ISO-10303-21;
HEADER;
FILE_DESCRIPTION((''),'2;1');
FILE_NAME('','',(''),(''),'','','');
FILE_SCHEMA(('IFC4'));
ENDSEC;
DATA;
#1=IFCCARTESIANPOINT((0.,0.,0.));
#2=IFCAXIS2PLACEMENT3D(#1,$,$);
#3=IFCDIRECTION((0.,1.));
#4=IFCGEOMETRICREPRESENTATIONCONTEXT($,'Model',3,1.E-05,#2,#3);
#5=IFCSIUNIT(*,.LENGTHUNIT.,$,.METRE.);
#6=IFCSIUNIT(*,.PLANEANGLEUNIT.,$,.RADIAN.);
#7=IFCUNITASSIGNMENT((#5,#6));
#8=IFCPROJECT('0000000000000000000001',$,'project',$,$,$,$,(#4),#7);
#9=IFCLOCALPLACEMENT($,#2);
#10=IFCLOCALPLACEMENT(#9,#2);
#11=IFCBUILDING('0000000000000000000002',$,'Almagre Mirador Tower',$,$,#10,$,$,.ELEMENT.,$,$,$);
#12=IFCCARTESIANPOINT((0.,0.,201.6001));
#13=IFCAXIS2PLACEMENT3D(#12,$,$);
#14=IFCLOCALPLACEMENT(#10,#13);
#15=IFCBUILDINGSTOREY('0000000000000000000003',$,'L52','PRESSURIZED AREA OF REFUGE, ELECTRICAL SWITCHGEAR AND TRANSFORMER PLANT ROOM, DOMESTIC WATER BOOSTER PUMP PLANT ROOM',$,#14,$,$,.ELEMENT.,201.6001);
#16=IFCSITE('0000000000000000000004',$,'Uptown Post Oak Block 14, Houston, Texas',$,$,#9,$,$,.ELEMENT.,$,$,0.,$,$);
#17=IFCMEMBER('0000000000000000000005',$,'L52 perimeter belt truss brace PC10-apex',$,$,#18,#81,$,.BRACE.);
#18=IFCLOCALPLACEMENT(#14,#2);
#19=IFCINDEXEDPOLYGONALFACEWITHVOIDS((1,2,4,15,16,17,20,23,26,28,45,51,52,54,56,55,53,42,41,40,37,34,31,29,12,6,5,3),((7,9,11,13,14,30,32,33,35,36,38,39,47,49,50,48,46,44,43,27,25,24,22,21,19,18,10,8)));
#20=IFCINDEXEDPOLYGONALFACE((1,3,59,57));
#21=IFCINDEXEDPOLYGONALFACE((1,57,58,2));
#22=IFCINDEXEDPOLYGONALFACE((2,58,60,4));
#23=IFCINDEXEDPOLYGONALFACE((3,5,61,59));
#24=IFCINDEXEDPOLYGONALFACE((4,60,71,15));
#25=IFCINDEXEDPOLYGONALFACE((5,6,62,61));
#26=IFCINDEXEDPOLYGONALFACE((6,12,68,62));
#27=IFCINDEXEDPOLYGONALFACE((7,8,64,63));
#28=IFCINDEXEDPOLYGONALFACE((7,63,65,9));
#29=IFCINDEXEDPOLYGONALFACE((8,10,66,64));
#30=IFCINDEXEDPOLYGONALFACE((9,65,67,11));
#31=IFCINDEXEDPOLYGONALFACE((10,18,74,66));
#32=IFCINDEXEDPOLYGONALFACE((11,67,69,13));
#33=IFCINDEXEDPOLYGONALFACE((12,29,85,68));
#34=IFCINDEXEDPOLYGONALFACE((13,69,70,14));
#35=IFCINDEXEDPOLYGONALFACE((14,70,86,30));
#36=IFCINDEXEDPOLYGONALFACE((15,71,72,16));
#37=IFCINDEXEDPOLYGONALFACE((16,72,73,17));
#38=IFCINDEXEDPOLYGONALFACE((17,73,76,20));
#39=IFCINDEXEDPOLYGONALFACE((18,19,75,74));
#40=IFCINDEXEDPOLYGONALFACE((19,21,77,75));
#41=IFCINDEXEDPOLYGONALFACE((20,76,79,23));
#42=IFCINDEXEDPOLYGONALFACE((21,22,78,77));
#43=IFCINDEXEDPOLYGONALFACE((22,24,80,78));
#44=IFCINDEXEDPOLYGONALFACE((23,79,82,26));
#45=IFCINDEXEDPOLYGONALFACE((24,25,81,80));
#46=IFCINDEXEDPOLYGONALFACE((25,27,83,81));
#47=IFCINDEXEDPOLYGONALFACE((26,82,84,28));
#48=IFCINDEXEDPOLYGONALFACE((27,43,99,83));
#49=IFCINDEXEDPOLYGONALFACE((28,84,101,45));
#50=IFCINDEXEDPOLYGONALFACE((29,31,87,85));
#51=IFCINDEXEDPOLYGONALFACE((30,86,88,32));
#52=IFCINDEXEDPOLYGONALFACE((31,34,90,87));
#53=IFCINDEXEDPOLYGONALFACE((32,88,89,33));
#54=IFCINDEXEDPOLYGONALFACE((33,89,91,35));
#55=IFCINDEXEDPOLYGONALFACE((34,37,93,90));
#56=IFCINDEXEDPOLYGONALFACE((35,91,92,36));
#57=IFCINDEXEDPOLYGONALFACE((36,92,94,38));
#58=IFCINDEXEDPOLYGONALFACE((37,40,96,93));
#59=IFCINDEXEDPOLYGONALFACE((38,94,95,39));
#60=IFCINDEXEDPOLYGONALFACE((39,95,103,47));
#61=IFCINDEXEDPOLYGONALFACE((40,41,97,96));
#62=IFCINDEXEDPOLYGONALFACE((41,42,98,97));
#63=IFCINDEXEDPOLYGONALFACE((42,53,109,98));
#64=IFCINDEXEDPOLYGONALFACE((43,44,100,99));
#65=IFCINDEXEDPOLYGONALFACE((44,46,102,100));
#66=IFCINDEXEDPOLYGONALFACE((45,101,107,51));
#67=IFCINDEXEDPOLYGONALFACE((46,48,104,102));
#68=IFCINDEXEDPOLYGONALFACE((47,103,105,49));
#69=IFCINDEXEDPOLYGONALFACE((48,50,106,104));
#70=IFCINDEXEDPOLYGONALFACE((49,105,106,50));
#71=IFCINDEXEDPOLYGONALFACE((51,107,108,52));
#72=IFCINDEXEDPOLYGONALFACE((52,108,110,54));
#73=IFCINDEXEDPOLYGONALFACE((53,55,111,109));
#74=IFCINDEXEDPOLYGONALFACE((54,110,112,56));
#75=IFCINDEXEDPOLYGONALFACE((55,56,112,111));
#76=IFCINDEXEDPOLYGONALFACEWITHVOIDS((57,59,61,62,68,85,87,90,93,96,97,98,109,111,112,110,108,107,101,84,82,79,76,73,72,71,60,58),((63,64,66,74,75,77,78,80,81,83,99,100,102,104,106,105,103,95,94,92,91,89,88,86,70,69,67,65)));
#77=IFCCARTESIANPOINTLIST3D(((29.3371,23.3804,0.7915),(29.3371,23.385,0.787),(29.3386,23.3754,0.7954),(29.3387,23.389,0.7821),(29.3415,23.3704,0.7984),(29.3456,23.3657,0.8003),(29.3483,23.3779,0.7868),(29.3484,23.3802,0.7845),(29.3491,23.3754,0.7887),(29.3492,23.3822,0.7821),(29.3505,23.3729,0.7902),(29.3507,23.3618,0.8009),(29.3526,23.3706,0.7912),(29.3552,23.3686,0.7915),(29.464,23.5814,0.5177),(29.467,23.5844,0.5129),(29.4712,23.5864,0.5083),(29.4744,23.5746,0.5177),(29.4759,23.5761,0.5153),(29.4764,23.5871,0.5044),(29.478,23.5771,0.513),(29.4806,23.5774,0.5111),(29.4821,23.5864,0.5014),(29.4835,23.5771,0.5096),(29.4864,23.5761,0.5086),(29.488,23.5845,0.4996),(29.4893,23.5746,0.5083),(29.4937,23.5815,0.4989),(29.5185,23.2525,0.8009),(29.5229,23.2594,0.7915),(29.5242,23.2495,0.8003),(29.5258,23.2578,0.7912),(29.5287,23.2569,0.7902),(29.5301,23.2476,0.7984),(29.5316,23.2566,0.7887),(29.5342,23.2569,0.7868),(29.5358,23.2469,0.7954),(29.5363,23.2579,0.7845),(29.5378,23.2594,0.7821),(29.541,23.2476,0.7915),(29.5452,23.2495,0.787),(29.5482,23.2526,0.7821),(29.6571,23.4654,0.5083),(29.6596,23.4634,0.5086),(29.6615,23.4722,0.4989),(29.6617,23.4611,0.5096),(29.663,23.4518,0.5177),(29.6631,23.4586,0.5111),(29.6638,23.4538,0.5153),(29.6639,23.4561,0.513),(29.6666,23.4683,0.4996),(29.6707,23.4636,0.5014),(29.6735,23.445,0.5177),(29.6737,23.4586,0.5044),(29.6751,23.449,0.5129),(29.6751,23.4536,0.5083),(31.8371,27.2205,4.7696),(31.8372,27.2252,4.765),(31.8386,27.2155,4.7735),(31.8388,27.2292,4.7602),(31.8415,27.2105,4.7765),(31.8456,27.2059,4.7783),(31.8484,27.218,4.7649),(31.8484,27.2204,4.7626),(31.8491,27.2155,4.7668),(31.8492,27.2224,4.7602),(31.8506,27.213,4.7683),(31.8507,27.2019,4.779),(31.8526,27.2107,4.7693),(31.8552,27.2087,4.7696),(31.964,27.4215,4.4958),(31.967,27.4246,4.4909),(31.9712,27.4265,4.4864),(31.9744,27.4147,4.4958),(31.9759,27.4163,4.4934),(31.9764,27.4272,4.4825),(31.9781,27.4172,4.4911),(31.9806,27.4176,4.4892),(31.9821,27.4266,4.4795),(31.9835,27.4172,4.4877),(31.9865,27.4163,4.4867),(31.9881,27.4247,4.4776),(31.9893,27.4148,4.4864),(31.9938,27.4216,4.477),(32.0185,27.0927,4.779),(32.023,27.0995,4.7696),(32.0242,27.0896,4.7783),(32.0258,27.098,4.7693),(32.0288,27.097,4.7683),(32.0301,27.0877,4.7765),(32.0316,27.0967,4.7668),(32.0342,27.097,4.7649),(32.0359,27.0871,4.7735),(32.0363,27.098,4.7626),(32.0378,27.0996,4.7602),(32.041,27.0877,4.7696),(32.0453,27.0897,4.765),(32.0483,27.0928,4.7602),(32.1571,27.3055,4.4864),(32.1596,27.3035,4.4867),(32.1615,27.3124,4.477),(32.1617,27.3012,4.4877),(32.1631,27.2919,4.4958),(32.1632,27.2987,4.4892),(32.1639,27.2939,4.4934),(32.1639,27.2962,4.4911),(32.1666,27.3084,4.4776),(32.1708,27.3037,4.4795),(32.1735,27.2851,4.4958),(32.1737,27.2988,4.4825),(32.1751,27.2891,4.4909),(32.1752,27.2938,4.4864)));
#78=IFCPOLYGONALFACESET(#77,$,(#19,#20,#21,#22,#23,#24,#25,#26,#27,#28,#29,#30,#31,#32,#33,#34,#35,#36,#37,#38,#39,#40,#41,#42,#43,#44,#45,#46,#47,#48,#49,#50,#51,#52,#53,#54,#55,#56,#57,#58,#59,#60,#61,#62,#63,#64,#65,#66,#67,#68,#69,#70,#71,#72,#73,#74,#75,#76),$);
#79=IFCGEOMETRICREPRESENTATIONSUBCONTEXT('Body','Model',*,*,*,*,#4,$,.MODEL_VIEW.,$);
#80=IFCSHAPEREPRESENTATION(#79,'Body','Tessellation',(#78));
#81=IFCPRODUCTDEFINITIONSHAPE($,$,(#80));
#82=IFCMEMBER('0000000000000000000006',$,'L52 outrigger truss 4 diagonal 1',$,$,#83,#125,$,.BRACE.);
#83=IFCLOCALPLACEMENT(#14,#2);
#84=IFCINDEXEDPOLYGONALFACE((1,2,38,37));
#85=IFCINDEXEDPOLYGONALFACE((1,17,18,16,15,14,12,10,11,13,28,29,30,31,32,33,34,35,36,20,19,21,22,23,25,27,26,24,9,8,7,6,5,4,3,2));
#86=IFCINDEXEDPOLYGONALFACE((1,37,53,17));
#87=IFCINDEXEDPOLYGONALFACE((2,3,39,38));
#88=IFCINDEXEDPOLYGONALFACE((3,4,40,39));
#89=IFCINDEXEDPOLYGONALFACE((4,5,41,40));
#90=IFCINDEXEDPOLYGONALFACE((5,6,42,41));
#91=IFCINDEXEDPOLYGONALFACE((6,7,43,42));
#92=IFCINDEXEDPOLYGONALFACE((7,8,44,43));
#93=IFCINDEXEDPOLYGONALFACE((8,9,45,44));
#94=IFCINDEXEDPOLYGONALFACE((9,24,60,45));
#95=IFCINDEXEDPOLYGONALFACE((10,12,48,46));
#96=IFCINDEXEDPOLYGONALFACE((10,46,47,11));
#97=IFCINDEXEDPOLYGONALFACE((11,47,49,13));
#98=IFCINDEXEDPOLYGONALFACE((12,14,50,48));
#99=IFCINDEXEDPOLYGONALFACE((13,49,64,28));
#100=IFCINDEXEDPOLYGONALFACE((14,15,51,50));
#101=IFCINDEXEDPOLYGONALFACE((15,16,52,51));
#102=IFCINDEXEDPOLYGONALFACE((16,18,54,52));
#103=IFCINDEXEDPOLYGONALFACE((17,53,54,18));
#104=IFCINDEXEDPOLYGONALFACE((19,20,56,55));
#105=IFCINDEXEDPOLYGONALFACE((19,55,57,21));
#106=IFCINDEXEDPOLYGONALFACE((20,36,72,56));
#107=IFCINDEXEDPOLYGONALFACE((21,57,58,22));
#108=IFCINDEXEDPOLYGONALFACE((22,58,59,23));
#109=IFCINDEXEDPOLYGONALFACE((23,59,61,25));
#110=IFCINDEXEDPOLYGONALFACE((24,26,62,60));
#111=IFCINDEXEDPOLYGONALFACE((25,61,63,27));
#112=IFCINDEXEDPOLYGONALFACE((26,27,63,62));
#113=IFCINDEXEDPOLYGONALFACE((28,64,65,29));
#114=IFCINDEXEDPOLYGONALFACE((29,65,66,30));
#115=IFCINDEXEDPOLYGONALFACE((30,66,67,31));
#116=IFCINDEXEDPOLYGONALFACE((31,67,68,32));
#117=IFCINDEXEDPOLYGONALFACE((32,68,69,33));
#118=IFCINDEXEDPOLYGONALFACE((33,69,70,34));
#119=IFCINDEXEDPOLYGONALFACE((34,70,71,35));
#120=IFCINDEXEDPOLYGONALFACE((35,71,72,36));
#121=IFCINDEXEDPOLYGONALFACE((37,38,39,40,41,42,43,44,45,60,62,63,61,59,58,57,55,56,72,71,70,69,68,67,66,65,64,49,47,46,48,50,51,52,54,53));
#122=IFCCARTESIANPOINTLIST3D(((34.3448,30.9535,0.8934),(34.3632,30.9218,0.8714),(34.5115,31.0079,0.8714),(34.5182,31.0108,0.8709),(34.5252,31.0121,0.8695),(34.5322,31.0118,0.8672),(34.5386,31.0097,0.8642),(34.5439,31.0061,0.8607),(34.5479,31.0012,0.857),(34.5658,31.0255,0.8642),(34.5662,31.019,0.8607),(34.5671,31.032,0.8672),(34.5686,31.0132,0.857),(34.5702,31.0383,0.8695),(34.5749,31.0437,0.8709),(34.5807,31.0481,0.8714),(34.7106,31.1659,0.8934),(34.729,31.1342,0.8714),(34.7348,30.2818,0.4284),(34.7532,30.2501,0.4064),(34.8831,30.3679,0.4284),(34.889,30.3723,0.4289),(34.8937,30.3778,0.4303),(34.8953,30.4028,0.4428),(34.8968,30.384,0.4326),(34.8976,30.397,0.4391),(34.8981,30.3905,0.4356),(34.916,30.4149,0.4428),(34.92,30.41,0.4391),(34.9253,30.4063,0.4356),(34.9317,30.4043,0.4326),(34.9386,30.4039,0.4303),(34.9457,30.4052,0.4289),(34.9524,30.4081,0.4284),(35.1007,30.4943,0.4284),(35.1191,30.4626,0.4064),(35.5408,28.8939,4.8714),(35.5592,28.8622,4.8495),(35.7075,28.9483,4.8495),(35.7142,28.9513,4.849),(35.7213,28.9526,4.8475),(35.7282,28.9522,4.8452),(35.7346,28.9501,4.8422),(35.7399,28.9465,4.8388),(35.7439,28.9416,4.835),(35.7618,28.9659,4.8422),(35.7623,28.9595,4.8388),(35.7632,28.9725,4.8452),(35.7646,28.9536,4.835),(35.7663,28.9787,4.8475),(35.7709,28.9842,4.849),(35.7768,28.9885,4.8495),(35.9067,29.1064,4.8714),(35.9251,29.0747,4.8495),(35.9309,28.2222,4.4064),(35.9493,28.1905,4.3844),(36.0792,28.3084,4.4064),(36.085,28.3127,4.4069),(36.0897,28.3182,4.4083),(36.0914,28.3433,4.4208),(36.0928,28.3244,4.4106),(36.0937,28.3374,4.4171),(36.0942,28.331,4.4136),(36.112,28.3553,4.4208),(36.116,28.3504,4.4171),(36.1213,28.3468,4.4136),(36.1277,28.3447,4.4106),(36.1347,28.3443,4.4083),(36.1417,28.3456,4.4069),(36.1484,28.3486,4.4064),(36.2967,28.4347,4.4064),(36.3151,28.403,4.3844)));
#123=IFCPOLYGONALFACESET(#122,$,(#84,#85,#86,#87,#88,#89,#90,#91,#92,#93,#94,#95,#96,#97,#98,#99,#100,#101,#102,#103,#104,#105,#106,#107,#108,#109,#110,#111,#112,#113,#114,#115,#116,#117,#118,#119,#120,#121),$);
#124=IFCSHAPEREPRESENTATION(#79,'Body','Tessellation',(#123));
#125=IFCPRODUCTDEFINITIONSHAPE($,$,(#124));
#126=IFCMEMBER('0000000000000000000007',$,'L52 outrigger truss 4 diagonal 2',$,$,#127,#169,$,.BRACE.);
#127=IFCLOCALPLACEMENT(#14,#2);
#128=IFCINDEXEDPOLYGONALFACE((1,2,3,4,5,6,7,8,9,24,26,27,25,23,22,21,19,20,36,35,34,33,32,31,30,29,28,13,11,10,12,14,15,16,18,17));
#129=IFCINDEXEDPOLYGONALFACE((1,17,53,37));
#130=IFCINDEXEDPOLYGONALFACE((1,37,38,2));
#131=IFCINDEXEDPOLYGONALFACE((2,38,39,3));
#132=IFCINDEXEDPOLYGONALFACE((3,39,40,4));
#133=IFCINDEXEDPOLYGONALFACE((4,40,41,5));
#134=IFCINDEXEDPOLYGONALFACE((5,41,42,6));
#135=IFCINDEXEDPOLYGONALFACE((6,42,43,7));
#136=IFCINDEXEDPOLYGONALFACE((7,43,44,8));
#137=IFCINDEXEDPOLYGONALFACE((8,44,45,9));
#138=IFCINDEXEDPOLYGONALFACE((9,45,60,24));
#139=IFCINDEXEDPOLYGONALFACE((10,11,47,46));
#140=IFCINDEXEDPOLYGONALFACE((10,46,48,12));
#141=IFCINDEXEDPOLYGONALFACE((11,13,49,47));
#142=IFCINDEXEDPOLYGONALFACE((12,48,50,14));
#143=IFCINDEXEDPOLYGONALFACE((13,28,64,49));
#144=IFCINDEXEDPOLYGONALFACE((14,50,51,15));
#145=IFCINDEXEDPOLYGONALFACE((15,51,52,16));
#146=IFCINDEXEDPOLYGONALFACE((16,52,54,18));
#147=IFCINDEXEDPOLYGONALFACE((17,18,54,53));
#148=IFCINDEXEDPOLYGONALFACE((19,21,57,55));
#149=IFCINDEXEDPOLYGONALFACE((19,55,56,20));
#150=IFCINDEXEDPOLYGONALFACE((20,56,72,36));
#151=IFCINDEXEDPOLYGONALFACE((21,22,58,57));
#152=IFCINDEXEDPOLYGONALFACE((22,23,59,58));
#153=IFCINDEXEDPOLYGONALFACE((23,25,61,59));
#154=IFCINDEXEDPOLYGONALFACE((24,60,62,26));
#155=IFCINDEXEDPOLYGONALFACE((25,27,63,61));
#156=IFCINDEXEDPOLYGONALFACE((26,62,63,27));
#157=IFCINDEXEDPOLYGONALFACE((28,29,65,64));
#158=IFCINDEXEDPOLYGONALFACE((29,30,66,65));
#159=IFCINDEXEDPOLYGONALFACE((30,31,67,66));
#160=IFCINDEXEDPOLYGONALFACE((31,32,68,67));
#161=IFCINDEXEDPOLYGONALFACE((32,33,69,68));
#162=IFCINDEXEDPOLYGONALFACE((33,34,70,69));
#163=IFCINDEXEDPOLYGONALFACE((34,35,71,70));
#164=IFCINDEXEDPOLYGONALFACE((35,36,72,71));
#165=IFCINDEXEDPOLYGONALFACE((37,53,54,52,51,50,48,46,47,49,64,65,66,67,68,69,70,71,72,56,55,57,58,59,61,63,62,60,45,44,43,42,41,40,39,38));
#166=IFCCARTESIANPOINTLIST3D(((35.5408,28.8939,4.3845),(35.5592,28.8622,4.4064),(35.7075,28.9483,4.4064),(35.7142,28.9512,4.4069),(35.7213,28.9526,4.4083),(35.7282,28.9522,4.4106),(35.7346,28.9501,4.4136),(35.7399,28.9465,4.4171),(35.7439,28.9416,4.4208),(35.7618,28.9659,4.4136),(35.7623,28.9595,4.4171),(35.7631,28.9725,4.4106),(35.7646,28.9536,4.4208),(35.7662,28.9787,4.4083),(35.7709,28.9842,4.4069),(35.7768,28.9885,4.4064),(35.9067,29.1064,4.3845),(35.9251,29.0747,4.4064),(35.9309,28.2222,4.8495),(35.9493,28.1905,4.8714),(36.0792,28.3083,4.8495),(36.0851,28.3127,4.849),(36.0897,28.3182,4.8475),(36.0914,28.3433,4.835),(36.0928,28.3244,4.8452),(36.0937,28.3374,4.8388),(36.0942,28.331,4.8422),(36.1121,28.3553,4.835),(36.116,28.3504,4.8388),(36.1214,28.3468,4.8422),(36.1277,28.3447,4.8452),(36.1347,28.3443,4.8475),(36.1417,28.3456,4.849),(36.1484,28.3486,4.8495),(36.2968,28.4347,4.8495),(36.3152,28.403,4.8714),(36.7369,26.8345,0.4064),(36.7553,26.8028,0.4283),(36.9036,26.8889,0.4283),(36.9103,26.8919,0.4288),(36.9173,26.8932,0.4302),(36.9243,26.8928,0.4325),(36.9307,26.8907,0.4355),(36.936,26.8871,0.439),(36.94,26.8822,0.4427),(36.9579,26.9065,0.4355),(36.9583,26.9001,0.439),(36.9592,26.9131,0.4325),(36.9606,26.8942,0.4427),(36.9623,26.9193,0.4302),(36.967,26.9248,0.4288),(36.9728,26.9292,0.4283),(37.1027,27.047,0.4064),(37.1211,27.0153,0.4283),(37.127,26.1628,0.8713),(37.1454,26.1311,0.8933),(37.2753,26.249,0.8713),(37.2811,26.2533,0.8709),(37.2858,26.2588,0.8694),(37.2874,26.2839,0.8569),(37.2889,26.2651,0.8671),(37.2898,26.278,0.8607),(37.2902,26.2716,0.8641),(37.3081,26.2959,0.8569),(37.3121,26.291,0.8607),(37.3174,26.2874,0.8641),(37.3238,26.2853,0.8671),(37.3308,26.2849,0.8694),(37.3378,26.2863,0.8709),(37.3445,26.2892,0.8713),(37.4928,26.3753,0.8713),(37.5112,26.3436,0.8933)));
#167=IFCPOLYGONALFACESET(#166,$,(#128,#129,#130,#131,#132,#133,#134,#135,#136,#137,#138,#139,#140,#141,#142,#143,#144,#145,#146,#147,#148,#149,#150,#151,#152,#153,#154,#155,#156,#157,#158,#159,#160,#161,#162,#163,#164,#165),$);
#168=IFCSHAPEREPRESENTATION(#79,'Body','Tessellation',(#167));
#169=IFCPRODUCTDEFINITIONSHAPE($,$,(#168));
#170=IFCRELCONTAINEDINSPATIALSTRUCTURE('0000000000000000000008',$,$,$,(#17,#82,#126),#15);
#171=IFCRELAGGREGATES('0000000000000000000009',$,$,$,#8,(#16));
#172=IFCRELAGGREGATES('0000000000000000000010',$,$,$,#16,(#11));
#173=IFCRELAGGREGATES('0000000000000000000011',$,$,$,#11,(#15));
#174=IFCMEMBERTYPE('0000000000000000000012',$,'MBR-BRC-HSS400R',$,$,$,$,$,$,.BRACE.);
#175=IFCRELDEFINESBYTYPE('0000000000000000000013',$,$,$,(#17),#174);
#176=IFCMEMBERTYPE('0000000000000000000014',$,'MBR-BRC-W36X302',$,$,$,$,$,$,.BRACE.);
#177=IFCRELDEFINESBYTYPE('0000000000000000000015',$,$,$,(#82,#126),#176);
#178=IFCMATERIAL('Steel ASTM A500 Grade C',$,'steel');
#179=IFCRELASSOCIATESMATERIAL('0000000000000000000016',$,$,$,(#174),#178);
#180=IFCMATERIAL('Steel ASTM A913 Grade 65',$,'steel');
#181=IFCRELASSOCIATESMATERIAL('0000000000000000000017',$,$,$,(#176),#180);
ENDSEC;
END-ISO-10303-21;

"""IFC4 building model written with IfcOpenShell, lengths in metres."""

from ifc_helpers import new_model, si_unit, direction, frame, origin, origin_2d, place, context, subcontext, project, spatial, hollow_rectangle, i_section, extrude, material, material_profile, profile_set, type_object, element, save


model = new_model("IFC4")

# Units and contexts
model_context = context("Model", 3, precision=1e-05, world=origin(), true_north=direction((0.0, 1.0)))
body_context = subcontext(model_context, "Body", "Model", "MODEL_VIEW")
ifc_project = project(units=[si_unit("LENGTHUNIT", "METRE"), si_unit("PLANEANGLEUNIT", "RADIAN")], contexts=[model_context])

# Site, building, storey
site_placement = place(None, origin())
site = spatial("IfcSite", under=ifc_project, at=site_placement, Name="Uptown Post Oak Block 14, Houston, Texas", CompositionType="ELEMENT", RefElevation=0.0)
building_placement = place(site_placement, origin())
building = spatial("IfcBuilding", under=site, at=building_placement, Name="Almagre Mirador Tower", CompositionType="ELEMENT")
storey_placement = place(building_placement, frame((0.0, 0.0, 201.6001)))
storey = spatial("IfcBuildingStorey", under=building, at=storey_placement, Name="L52", Description="PRESSURIZED AREA OF REFUGE, ELECTRICAL SWITCHGEAR AND TRANSFORMER PLANT ROOM, DOMESTIC WATER BOOSTER PUMP PLANT ROOM", CompositionType="ELEMENT", Elevation=201.6001)

# Members
ifc_material_1 = material(Name="Steel ASTM A500 Grade C", Category="steel")
ifc_material_profile_1 = material_profile(ifc_material_1, hollow_rectangle(XDim=0.25, YDim=0.3999, WallThickness=0.0125, InnerFilletRadius=0.0125, OuterFilletRadius=0.0249, at=origin_2d()), Name="HSS400X250X12.5")
ifc_profile_set_1 = profile_set([ifc_material_profile_1], Name="Steel ASTM A500 Grade C")
member_type_1 = type_object("IfcMemberType", Name="MBR-BRC-HSS400R", PredefinedType="BRACE", material=ifc_profile_set_1)
member_1_placement = place(storey_placement, frame((29.5061, 23.417, 0.6499), z_axis=(0.411995, 0.632839, 0.655572), x_axis=(-0.83805, 0.545593, 0.0)))
element("IfcMember", 1, at=member_1_placement, inside=storey, type_object=member_type_1, Name="L52 perimeter belt truss brace PC10-apex", PredefinedType="BRACE", context=body_context, shape_type="SweptSolid", body=[
    extrude(hollow_rectangle(XDim=0.25, YDim=0.3999, WallThickness=0.0125, InnerFilletRadius=0.0125, OuterFilletRadius=0.0249, at=origin_2d()), origin(), (0.0, 0.0, 1.0), 6.0681),
])
ifc_material_2 = material(Name="Steel ASTM A913 Grade 65", Category="steel")
ifc_material_profile_2 = material_profile(ifc_material_2, i_section(OverallWidth=0.4231, OverallDepth=0.948, WebThickness=0.0239, FlangeThickness=0.0427, FilletRadius=0.0281, at=origin_2d()), Name="W36X302")
ifc_profile_set_2 = profile_set([ifc_material_profile_2], Name="Steel ASTM A913 Grade 65")
member_type_2 = type_object("IfcMemberType", Name="MBR-BRC-W36X302", PredefinedType="BRACE", material=ifc_profile_set_2)
for number, where, z_axis, x_axis, name in (
    (2, (34.7319, 30.708, 0.6499), (0.257963, -0.444209, 0.857982), (0.864759, 0.502187, 0.0), "L52 outrigger truss 4 diagonal 1"),
    (3, (35.928, 28.6484, 4.6279), (0.257969, -0.444167, -0.858002), (0.864733, 0.502232, 0.0), "L52 outrigger truss 4 diagonal 2"),
):
    element("IfcMember", number, at=place(storey_placement, frame(where, z_axis=z_axis, x_axis=x_axis)), inside=storey, type_object=member_type_2, Name=name, PredefinedType="BRACE", context=body_context, shape_type="SweptSolid", body=[
        extrude(i_section(OverallWidth=0.4231, OverallDepth=0.948, WebThickness=0.0239, FlangeThickness=0.0427, FilletRadius=0.0281, at=origin_2d()), origin(), (0.0, 0.0, 1.0), 4.6365),
    ])

save(model, "model.ifc")
